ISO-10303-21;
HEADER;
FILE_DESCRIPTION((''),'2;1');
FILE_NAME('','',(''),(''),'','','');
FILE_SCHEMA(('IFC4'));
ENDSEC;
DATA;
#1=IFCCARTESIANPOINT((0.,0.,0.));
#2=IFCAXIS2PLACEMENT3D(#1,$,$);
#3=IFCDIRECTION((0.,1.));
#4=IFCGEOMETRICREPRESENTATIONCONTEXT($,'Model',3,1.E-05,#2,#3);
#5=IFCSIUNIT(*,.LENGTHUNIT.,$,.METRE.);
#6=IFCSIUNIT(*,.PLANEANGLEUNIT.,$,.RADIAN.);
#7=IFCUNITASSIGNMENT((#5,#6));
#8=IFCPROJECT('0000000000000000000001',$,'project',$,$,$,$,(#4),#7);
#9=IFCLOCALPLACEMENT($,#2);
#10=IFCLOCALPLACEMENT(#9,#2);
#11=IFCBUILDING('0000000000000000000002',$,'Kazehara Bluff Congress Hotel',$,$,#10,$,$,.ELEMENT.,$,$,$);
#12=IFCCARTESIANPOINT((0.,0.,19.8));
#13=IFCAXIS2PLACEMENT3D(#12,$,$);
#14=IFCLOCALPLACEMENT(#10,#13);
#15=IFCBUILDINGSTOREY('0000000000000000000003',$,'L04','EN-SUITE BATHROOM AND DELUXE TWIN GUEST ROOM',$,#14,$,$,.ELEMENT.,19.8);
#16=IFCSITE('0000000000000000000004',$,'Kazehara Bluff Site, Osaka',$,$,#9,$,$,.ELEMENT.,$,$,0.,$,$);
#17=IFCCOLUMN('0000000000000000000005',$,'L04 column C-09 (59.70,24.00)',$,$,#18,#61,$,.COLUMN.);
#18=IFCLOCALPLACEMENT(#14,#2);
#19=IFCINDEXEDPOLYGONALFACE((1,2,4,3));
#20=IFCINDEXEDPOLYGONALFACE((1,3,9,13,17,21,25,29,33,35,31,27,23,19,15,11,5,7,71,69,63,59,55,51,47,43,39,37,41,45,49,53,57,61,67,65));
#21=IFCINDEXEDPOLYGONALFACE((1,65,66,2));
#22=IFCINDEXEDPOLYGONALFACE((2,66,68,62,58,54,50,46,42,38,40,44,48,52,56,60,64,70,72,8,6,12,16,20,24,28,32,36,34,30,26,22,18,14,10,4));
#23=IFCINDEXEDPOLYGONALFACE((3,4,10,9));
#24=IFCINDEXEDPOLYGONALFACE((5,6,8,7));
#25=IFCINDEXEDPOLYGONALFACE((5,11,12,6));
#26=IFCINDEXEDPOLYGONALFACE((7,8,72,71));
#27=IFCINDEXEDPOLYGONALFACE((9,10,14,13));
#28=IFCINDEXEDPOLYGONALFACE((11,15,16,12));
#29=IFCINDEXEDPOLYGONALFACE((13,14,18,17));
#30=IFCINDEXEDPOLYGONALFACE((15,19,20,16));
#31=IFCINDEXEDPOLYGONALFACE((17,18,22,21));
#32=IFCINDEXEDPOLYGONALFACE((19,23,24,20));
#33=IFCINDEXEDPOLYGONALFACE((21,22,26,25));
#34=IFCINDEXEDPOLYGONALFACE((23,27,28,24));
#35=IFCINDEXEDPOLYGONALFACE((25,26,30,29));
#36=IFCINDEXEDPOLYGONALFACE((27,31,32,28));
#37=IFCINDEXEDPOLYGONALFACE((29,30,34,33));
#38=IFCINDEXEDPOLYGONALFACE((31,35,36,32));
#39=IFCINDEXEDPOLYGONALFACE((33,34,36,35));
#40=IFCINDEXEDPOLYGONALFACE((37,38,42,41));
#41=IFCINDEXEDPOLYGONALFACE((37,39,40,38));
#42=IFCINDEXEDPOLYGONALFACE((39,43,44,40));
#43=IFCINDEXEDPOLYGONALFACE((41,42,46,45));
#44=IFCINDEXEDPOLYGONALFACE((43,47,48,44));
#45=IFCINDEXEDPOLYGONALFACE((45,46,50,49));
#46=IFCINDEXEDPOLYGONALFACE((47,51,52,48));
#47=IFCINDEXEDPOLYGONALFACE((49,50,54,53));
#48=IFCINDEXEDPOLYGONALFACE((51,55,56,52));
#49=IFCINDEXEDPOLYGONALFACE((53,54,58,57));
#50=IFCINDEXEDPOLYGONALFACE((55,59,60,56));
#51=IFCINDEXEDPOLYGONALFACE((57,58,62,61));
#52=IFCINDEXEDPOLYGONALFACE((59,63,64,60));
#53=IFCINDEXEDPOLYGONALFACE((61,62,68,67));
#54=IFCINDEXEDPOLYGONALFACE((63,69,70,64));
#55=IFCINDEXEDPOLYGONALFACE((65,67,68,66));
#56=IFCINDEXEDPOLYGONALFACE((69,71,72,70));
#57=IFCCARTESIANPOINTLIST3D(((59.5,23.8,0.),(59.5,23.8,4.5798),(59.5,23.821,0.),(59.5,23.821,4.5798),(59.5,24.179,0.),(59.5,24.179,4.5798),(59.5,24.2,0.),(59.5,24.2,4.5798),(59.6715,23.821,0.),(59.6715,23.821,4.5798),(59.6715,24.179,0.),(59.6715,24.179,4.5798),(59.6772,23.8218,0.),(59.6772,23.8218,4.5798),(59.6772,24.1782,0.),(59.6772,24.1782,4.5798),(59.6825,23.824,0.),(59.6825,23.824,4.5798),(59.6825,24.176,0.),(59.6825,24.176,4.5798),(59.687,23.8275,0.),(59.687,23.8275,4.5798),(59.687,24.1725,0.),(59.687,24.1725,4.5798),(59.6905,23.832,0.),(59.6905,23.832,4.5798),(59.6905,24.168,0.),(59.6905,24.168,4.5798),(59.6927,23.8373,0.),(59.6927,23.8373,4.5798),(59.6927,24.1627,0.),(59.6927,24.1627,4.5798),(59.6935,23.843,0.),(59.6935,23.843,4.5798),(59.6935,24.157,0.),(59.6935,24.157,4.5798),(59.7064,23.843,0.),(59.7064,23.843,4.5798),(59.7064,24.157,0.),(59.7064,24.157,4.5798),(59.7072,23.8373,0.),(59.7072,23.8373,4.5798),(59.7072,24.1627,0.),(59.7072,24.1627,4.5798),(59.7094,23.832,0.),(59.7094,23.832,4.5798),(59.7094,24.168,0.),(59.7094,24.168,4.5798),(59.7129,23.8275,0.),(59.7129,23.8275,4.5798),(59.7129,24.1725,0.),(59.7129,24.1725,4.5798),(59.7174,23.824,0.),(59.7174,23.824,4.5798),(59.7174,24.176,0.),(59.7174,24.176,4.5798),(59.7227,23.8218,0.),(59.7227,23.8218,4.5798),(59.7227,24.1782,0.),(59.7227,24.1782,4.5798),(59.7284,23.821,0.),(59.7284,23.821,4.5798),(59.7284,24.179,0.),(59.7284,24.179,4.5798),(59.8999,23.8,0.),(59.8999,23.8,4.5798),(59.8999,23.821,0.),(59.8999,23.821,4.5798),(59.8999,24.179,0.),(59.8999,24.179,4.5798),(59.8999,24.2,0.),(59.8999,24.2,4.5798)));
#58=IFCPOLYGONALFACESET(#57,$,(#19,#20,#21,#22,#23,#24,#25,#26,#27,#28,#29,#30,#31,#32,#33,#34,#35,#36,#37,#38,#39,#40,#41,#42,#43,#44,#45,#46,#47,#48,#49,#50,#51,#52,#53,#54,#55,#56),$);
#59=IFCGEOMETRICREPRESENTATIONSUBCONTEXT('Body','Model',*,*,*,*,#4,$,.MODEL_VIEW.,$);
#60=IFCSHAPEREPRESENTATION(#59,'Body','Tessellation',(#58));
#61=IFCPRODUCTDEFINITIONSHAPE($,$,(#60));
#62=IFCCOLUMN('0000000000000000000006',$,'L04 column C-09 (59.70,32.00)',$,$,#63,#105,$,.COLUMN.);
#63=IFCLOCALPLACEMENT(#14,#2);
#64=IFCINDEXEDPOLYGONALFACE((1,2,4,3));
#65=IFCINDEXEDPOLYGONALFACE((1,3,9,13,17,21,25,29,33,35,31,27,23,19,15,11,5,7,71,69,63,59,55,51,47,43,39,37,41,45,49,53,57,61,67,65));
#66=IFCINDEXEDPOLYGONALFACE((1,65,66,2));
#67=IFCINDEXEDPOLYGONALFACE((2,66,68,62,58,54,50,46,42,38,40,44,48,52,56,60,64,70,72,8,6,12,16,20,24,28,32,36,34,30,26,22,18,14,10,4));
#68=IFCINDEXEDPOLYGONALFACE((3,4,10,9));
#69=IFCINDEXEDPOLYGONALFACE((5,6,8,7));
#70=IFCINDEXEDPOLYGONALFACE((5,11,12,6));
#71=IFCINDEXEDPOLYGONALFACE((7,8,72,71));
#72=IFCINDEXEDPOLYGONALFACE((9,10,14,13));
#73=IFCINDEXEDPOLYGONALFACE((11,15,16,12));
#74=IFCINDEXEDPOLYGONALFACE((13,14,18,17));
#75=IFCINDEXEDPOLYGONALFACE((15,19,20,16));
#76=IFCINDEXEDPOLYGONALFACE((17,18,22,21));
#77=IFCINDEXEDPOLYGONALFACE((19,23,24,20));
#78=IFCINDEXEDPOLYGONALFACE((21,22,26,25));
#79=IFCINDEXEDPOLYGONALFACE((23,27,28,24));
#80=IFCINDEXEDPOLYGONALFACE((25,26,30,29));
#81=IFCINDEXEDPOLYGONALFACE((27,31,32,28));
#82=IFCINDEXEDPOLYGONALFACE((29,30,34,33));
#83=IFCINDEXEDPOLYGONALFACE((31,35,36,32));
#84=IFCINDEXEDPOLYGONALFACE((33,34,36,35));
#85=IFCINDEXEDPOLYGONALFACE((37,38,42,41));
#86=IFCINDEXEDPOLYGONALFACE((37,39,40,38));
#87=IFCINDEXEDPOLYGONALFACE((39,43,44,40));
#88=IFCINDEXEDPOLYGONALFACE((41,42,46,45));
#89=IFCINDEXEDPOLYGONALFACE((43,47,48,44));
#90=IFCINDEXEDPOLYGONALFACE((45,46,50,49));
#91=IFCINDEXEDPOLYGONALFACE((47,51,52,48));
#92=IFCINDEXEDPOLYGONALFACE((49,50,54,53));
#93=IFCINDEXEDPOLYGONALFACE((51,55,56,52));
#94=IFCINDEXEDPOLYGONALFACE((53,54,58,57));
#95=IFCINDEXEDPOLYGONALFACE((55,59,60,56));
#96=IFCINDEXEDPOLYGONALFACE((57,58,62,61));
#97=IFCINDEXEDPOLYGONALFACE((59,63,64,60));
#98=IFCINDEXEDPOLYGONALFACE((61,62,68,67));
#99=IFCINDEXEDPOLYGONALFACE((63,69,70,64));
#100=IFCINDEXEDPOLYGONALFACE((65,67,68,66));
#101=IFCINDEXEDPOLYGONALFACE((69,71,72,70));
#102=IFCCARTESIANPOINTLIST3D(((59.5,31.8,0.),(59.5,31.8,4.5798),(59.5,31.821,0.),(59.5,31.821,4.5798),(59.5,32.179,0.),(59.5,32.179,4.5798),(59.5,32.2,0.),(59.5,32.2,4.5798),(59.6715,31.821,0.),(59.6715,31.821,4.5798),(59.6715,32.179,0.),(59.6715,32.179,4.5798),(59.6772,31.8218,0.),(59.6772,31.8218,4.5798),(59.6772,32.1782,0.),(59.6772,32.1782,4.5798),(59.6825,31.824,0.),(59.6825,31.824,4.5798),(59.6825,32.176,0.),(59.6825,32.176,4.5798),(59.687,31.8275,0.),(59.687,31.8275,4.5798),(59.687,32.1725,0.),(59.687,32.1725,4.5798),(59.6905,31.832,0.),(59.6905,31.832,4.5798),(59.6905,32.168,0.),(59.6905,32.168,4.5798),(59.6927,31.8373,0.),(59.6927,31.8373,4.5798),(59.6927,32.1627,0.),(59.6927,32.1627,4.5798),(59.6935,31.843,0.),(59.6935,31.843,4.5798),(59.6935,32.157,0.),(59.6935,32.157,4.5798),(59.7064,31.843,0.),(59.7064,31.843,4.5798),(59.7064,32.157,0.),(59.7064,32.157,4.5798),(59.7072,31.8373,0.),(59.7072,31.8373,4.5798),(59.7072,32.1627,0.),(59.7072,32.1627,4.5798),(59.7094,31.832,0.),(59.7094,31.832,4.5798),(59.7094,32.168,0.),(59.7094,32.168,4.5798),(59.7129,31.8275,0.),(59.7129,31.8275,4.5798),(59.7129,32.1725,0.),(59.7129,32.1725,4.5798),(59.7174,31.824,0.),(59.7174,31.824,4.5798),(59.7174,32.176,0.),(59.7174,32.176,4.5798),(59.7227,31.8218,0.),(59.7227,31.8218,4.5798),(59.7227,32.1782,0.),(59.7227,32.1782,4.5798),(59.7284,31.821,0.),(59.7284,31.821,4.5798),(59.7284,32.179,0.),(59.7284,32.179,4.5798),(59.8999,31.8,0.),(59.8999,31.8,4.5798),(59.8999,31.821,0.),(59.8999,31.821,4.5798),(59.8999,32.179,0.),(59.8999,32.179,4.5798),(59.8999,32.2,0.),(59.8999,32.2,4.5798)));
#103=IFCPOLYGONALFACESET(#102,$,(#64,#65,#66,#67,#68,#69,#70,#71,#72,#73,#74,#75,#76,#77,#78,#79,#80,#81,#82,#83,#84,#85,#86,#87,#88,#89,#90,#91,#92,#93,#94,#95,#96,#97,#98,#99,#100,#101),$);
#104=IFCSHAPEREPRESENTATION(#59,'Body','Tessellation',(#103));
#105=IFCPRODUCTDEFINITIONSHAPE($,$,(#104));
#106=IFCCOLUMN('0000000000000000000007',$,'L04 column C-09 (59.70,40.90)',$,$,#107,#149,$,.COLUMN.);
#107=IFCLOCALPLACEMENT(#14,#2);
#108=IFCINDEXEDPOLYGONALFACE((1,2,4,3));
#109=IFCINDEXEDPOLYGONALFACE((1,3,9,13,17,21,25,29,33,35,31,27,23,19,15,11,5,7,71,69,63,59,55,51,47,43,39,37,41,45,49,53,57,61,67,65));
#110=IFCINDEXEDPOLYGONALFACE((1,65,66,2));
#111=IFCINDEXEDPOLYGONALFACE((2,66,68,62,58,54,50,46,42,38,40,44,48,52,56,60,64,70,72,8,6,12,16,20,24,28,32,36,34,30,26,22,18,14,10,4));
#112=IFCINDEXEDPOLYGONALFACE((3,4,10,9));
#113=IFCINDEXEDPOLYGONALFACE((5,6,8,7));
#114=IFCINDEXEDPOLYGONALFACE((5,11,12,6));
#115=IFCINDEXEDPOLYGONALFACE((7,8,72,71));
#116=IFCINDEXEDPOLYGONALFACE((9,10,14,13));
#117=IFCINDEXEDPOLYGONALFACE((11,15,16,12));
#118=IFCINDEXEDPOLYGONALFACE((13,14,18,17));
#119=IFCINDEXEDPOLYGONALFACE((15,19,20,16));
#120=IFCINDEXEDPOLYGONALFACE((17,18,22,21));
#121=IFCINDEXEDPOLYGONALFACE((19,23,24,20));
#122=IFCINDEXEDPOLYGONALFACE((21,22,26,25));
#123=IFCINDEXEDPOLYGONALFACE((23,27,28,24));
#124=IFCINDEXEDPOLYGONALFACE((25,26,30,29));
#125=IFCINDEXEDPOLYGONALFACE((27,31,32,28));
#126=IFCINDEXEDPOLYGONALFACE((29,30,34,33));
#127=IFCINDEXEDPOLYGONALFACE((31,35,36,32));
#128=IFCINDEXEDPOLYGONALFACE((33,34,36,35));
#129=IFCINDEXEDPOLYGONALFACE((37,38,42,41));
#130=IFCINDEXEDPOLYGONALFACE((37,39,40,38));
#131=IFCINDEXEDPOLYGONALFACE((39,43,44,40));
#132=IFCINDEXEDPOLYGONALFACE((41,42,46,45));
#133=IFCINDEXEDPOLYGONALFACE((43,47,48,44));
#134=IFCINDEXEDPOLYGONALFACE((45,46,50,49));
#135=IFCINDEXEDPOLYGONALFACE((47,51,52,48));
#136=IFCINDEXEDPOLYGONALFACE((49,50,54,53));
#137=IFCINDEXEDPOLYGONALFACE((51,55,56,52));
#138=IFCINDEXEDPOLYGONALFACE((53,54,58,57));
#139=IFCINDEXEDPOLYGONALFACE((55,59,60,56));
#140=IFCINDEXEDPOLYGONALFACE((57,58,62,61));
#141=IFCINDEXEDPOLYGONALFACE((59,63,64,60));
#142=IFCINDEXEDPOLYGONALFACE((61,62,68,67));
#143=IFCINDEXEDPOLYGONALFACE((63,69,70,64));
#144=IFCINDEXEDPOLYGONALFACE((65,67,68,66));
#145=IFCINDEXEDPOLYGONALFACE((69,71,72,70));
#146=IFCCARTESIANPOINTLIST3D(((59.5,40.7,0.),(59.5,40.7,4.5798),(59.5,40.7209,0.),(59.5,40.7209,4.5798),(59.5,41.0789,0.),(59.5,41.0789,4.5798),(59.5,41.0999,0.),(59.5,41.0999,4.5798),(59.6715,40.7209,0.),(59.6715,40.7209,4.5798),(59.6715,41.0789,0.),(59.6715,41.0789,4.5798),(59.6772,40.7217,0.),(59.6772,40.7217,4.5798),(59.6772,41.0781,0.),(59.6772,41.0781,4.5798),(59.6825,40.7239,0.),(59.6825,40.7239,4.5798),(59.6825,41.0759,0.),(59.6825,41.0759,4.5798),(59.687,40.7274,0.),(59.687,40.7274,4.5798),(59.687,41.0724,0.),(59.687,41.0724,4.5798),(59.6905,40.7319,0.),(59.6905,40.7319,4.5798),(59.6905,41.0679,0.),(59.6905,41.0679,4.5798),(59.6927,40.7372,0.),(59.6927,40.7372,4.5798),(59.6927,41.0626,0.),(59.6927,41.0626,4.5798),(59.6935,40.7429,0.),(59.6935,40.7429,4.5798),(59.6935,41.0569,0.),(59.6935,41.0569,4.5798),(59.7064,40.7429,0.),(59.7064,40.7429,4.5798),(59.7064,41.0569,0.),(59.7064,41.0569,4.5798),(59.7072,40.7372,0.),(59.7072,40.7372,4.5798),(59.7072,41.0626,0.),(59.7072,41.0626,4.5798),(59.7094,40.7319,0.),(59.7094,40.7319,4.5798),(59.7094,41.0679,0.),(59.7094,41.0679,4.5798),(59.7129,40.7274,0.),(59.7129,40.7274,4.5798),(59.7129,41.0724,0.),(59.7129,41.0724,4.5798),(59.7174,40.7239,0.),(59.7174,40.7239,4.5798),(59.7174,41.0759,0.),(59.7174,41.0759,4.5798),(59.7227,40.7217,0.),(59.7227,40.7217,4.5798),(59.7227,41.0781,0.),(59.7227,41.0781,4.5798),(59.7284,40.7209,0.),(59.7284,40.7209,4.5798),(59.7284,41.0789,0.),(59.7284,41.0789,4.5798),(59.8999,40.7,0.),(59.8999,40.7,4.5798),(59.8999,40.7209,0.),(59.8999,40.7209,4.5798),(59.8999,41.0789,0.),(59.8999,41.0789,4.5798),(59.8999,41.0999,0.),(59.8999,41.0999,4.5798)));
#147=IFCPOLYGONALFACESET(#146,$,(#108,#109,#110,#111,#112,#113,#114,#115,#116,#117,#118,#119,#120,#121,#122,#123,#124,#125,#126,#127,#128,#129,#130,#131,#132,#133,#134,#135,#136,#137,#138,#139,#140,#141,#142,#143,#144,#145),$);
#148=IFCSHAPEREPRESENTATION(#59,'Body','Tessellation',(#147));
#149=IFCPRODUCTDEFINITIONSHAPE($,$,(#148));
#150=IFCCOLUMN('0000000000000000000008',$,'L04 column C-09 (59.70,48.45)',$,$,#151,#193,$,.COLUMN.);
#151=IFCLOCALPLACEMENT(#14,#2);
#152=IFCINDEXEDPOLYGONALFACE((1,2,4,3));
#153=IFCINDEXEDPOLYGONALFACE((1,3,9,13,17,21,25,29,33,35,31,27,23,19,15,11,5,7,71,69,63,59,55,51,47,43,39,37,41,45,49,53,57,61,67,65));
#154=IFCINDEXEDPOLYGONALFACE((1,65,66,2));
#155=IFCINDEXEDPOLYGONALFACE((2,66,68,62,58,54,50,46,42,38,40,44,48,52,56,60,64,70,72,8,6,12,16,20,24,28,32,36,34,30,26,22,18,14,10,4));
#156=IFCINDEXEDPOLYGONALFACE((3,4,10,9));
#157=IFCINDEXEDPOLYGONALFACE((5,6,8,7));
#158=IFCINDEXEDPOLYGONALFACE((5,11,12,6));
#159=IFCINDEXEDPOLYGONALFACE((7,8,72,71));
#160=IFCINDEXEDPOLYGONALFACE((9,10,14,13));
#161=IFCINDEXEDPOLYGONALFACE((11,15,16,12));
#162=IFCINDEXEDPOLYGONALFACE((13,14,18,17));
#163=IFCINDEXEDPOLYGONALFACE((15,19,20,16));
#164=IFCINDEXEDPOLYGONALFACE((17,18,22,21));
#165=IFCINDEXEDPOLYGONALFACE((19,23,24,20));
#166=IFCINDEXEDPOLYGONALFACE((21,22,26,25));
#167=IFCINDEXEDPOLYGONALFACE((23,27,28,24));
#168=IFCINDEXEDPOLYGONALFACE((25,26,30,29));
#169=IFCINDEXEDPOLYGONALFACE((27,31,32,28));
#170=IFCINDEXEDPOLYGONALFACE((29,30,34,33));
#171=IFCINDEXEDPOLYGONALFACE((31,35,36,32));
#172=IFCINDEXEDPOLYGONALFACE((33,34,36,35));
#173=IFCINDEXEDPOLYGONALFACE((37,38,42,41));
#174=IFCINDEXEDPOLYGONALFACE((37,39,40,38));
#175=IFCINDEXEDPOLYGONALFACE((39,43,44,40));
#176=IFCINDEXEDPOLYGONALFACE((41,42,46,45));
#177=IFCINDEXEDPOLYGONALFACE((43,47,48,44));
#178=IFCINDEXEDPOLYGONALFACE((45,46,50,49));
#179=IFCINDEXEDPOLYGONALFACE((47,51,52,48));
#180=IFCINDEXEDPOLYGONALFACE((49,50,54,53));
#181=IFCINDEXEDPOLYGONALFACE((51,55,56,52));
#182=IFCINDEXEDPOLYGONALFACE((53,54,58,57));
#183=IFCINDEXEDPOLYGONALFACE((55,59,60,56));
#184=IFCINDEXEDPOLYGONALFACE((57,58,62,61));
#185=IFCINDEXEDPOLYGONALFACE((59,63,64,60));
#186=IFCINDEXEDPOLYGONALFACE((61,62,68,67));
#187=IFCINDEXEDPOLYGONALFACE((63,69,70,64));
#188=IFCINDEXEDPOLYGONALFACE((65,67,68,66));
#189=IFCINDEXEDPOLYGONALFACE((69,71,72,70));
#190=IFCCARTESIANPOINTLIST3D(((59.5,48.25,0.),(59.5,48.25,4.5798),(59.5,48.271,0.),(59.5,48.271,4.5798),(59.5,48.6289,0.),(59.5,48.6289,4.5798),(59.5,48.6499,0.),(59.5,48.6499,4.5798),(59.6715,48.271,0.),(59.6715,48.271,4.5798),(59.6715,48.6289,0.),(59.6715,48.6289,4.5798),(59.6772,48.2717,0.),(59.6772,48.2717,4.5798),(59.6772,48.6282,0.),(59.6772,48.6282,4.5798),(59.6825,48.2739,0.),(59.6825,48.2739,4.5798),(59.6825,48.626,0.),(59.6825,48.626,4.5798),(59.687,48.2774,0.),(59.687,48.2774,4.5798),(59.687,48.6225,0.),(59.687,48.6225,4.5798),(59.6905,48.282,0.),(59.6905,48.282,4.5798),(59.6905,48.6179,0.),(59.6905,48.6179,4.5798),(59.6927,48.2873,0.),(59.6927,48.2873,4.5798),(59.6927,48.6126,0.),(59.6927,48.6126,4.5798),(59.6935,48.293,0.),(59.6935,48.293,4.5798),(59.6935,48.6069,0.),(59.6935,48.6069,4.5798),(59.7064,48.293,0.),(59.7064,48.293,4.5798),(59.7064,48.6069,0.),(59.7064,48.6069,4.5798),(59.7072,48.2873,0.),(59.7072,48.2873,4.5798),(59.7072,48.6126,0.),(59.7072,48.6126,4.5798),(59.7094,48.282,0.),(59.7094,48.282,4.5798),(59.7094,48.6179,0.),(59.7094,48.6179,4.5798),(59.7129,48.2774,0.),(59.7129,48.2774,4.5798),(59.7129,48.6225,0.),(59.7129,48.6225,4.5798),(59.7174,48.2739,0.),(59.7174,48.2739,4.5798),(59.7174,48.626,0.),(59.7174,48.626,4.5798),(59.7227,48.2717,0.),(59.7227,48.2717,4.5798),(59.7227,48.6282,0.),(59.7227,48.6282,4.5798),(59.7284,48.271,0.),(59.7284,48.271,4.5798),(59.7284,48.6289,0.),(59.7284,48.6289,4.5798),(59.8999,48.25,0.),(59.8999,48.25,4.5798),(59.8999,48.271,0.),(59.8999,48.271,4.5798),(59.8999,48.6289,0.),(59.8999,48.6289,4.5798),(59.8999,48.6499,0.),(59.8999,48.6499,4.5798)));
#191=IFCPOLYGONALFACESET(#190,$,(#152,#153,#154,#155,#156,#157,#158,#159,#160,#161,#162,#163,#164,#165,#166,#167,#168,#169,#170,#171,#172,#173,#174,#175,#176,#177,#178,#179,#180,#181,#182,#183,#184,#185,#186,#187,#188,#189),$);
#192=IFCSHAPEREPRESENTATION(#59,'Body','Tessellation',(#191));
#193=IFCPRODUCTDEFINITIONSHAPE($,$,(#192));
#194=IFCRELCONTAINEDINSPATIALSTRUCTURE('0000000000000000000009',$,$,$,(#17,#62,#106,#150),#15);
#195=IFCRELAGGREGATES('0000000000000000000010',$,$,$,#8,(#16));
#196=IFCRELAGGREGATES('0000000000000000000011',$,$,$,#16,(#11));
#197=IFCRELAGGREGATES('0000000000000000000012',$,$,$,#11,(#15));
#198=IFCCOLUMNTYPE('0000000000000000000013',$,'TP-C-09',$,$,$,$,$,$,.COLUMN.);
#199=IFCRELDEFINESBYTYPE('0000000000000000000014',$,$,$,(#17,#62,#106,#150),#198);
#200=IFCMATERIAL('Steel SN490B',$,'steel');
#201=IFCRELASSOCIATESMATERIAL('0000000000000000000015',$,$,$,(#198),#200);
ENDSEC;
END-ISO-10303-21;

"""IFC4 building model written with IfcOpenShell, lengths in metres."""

from ifc_helpers import new_model, si_unit, direction, frame, origin, origin_2d, place, context, subcontext, project, spatial, i_section, extrude, material, material_profile, profile_set, type_object, element, save


model = new_model("IFC4")

# Units and contexts
model_context = context("Model", 3, precision=1e-05, world=origin(), true_north=direction((0.0, 1.0)))
body_context = subcontext(model_context, "Body", "Model", "MODEL_VIEW")
ifc_project = project(units=[si_unit("LENGTHUNIT", "METRE"), si_unit("PLANEANGLEUNIT", "RADIAN")], contexts=[model_context])

# Site, building, storey
site_placement = place(None, origin())
site = spatial("IfcSite", under=ifc_project, at=site_placement, Name="Kazehara Bluff Site, Osaka", CompositionType="ELEMENT", RefElevation=0.0)
building_placement = place(site_placement, origin())
building = spatial("IfcBuilding", under=site, at=building_placement, Name="Kazehara Bluff Congress Hotel", CompositionType="ELEMENT")
storey_placement = place(building_placement, frame((0.0, 0.0, 19.8)))
storey = spatial("IfcBuildingStorey", under=building, at=storey_placement, Name="L04", Description="EN-SUITE BATHROOM AND DELUXE TWIN GUEST ROOM", CompositionType="ELEMENT", Elevation=19.8)

# Columns
ifc_material_1 = material(Name="Steel SN490B", Category="steel")
ifc_material_profile_1 = material_profile(ifc_material_1, i_section(OverallWidth=0.3999, OverallDepth=0.3999, WebThickness=0.0129, FlangeThickness=0.021, FilletRadius=0.022, at=origin_2d()))
ifc_profile_set_1 = profile_set([ifc_material_profile_1], Name="Steel SN490B")
column_type = type_object("IfcColumnType", Name="TP-C-09", PredefinedType="COLUMN", material=ifc_profile_set_1)
for number, where, z_axis, x_axis, name in (
    (1, (59.7, 24.0, 0.0), (0.0, 0.0, 1.0), (1.0, 0.0, 0.0), "L04 column C-09 (59.70,24.00)"),
    (2, (59.7, 32.0, 0.0), (0.0, 0.0, 1.0), (1.0, 0.0, 0.0), "L04 column C-09 (59.70,32.00)"),
    (3, (59.7, 40.8999, 0.0), (0.0, 0.0, 1.0), (1.0, 0.0, 0.0), "L04 column C-09 (59.70,40.90)"),
    (4, (59.7, 48.45, 0.0), (0.0, 0.0, 1.0), (1.0, 0.0, 0.0), "L04 column C-09 (59.70,48.45)"),
):
    element("IfcColumn", number, at=place(storey_placement, frame(where, z_axis=z_axis, x_axis=x_axis)), inside=storey, type_object=column_type, Name=name, PredefinedType="COLUMN", context=body_context, shape_type="SweptSolid", body=[
        extrude(i_section(OverallWidth=0.3999, OverallDepth=0.3999, WebThickness=0.0129, FlangeThickness=0.021, FilletRadius=0.022, at=origin_2d()), origin(), (0.0, 0.0, 1.0), 4.5798),
    ])

save(model, "model.ifc")
